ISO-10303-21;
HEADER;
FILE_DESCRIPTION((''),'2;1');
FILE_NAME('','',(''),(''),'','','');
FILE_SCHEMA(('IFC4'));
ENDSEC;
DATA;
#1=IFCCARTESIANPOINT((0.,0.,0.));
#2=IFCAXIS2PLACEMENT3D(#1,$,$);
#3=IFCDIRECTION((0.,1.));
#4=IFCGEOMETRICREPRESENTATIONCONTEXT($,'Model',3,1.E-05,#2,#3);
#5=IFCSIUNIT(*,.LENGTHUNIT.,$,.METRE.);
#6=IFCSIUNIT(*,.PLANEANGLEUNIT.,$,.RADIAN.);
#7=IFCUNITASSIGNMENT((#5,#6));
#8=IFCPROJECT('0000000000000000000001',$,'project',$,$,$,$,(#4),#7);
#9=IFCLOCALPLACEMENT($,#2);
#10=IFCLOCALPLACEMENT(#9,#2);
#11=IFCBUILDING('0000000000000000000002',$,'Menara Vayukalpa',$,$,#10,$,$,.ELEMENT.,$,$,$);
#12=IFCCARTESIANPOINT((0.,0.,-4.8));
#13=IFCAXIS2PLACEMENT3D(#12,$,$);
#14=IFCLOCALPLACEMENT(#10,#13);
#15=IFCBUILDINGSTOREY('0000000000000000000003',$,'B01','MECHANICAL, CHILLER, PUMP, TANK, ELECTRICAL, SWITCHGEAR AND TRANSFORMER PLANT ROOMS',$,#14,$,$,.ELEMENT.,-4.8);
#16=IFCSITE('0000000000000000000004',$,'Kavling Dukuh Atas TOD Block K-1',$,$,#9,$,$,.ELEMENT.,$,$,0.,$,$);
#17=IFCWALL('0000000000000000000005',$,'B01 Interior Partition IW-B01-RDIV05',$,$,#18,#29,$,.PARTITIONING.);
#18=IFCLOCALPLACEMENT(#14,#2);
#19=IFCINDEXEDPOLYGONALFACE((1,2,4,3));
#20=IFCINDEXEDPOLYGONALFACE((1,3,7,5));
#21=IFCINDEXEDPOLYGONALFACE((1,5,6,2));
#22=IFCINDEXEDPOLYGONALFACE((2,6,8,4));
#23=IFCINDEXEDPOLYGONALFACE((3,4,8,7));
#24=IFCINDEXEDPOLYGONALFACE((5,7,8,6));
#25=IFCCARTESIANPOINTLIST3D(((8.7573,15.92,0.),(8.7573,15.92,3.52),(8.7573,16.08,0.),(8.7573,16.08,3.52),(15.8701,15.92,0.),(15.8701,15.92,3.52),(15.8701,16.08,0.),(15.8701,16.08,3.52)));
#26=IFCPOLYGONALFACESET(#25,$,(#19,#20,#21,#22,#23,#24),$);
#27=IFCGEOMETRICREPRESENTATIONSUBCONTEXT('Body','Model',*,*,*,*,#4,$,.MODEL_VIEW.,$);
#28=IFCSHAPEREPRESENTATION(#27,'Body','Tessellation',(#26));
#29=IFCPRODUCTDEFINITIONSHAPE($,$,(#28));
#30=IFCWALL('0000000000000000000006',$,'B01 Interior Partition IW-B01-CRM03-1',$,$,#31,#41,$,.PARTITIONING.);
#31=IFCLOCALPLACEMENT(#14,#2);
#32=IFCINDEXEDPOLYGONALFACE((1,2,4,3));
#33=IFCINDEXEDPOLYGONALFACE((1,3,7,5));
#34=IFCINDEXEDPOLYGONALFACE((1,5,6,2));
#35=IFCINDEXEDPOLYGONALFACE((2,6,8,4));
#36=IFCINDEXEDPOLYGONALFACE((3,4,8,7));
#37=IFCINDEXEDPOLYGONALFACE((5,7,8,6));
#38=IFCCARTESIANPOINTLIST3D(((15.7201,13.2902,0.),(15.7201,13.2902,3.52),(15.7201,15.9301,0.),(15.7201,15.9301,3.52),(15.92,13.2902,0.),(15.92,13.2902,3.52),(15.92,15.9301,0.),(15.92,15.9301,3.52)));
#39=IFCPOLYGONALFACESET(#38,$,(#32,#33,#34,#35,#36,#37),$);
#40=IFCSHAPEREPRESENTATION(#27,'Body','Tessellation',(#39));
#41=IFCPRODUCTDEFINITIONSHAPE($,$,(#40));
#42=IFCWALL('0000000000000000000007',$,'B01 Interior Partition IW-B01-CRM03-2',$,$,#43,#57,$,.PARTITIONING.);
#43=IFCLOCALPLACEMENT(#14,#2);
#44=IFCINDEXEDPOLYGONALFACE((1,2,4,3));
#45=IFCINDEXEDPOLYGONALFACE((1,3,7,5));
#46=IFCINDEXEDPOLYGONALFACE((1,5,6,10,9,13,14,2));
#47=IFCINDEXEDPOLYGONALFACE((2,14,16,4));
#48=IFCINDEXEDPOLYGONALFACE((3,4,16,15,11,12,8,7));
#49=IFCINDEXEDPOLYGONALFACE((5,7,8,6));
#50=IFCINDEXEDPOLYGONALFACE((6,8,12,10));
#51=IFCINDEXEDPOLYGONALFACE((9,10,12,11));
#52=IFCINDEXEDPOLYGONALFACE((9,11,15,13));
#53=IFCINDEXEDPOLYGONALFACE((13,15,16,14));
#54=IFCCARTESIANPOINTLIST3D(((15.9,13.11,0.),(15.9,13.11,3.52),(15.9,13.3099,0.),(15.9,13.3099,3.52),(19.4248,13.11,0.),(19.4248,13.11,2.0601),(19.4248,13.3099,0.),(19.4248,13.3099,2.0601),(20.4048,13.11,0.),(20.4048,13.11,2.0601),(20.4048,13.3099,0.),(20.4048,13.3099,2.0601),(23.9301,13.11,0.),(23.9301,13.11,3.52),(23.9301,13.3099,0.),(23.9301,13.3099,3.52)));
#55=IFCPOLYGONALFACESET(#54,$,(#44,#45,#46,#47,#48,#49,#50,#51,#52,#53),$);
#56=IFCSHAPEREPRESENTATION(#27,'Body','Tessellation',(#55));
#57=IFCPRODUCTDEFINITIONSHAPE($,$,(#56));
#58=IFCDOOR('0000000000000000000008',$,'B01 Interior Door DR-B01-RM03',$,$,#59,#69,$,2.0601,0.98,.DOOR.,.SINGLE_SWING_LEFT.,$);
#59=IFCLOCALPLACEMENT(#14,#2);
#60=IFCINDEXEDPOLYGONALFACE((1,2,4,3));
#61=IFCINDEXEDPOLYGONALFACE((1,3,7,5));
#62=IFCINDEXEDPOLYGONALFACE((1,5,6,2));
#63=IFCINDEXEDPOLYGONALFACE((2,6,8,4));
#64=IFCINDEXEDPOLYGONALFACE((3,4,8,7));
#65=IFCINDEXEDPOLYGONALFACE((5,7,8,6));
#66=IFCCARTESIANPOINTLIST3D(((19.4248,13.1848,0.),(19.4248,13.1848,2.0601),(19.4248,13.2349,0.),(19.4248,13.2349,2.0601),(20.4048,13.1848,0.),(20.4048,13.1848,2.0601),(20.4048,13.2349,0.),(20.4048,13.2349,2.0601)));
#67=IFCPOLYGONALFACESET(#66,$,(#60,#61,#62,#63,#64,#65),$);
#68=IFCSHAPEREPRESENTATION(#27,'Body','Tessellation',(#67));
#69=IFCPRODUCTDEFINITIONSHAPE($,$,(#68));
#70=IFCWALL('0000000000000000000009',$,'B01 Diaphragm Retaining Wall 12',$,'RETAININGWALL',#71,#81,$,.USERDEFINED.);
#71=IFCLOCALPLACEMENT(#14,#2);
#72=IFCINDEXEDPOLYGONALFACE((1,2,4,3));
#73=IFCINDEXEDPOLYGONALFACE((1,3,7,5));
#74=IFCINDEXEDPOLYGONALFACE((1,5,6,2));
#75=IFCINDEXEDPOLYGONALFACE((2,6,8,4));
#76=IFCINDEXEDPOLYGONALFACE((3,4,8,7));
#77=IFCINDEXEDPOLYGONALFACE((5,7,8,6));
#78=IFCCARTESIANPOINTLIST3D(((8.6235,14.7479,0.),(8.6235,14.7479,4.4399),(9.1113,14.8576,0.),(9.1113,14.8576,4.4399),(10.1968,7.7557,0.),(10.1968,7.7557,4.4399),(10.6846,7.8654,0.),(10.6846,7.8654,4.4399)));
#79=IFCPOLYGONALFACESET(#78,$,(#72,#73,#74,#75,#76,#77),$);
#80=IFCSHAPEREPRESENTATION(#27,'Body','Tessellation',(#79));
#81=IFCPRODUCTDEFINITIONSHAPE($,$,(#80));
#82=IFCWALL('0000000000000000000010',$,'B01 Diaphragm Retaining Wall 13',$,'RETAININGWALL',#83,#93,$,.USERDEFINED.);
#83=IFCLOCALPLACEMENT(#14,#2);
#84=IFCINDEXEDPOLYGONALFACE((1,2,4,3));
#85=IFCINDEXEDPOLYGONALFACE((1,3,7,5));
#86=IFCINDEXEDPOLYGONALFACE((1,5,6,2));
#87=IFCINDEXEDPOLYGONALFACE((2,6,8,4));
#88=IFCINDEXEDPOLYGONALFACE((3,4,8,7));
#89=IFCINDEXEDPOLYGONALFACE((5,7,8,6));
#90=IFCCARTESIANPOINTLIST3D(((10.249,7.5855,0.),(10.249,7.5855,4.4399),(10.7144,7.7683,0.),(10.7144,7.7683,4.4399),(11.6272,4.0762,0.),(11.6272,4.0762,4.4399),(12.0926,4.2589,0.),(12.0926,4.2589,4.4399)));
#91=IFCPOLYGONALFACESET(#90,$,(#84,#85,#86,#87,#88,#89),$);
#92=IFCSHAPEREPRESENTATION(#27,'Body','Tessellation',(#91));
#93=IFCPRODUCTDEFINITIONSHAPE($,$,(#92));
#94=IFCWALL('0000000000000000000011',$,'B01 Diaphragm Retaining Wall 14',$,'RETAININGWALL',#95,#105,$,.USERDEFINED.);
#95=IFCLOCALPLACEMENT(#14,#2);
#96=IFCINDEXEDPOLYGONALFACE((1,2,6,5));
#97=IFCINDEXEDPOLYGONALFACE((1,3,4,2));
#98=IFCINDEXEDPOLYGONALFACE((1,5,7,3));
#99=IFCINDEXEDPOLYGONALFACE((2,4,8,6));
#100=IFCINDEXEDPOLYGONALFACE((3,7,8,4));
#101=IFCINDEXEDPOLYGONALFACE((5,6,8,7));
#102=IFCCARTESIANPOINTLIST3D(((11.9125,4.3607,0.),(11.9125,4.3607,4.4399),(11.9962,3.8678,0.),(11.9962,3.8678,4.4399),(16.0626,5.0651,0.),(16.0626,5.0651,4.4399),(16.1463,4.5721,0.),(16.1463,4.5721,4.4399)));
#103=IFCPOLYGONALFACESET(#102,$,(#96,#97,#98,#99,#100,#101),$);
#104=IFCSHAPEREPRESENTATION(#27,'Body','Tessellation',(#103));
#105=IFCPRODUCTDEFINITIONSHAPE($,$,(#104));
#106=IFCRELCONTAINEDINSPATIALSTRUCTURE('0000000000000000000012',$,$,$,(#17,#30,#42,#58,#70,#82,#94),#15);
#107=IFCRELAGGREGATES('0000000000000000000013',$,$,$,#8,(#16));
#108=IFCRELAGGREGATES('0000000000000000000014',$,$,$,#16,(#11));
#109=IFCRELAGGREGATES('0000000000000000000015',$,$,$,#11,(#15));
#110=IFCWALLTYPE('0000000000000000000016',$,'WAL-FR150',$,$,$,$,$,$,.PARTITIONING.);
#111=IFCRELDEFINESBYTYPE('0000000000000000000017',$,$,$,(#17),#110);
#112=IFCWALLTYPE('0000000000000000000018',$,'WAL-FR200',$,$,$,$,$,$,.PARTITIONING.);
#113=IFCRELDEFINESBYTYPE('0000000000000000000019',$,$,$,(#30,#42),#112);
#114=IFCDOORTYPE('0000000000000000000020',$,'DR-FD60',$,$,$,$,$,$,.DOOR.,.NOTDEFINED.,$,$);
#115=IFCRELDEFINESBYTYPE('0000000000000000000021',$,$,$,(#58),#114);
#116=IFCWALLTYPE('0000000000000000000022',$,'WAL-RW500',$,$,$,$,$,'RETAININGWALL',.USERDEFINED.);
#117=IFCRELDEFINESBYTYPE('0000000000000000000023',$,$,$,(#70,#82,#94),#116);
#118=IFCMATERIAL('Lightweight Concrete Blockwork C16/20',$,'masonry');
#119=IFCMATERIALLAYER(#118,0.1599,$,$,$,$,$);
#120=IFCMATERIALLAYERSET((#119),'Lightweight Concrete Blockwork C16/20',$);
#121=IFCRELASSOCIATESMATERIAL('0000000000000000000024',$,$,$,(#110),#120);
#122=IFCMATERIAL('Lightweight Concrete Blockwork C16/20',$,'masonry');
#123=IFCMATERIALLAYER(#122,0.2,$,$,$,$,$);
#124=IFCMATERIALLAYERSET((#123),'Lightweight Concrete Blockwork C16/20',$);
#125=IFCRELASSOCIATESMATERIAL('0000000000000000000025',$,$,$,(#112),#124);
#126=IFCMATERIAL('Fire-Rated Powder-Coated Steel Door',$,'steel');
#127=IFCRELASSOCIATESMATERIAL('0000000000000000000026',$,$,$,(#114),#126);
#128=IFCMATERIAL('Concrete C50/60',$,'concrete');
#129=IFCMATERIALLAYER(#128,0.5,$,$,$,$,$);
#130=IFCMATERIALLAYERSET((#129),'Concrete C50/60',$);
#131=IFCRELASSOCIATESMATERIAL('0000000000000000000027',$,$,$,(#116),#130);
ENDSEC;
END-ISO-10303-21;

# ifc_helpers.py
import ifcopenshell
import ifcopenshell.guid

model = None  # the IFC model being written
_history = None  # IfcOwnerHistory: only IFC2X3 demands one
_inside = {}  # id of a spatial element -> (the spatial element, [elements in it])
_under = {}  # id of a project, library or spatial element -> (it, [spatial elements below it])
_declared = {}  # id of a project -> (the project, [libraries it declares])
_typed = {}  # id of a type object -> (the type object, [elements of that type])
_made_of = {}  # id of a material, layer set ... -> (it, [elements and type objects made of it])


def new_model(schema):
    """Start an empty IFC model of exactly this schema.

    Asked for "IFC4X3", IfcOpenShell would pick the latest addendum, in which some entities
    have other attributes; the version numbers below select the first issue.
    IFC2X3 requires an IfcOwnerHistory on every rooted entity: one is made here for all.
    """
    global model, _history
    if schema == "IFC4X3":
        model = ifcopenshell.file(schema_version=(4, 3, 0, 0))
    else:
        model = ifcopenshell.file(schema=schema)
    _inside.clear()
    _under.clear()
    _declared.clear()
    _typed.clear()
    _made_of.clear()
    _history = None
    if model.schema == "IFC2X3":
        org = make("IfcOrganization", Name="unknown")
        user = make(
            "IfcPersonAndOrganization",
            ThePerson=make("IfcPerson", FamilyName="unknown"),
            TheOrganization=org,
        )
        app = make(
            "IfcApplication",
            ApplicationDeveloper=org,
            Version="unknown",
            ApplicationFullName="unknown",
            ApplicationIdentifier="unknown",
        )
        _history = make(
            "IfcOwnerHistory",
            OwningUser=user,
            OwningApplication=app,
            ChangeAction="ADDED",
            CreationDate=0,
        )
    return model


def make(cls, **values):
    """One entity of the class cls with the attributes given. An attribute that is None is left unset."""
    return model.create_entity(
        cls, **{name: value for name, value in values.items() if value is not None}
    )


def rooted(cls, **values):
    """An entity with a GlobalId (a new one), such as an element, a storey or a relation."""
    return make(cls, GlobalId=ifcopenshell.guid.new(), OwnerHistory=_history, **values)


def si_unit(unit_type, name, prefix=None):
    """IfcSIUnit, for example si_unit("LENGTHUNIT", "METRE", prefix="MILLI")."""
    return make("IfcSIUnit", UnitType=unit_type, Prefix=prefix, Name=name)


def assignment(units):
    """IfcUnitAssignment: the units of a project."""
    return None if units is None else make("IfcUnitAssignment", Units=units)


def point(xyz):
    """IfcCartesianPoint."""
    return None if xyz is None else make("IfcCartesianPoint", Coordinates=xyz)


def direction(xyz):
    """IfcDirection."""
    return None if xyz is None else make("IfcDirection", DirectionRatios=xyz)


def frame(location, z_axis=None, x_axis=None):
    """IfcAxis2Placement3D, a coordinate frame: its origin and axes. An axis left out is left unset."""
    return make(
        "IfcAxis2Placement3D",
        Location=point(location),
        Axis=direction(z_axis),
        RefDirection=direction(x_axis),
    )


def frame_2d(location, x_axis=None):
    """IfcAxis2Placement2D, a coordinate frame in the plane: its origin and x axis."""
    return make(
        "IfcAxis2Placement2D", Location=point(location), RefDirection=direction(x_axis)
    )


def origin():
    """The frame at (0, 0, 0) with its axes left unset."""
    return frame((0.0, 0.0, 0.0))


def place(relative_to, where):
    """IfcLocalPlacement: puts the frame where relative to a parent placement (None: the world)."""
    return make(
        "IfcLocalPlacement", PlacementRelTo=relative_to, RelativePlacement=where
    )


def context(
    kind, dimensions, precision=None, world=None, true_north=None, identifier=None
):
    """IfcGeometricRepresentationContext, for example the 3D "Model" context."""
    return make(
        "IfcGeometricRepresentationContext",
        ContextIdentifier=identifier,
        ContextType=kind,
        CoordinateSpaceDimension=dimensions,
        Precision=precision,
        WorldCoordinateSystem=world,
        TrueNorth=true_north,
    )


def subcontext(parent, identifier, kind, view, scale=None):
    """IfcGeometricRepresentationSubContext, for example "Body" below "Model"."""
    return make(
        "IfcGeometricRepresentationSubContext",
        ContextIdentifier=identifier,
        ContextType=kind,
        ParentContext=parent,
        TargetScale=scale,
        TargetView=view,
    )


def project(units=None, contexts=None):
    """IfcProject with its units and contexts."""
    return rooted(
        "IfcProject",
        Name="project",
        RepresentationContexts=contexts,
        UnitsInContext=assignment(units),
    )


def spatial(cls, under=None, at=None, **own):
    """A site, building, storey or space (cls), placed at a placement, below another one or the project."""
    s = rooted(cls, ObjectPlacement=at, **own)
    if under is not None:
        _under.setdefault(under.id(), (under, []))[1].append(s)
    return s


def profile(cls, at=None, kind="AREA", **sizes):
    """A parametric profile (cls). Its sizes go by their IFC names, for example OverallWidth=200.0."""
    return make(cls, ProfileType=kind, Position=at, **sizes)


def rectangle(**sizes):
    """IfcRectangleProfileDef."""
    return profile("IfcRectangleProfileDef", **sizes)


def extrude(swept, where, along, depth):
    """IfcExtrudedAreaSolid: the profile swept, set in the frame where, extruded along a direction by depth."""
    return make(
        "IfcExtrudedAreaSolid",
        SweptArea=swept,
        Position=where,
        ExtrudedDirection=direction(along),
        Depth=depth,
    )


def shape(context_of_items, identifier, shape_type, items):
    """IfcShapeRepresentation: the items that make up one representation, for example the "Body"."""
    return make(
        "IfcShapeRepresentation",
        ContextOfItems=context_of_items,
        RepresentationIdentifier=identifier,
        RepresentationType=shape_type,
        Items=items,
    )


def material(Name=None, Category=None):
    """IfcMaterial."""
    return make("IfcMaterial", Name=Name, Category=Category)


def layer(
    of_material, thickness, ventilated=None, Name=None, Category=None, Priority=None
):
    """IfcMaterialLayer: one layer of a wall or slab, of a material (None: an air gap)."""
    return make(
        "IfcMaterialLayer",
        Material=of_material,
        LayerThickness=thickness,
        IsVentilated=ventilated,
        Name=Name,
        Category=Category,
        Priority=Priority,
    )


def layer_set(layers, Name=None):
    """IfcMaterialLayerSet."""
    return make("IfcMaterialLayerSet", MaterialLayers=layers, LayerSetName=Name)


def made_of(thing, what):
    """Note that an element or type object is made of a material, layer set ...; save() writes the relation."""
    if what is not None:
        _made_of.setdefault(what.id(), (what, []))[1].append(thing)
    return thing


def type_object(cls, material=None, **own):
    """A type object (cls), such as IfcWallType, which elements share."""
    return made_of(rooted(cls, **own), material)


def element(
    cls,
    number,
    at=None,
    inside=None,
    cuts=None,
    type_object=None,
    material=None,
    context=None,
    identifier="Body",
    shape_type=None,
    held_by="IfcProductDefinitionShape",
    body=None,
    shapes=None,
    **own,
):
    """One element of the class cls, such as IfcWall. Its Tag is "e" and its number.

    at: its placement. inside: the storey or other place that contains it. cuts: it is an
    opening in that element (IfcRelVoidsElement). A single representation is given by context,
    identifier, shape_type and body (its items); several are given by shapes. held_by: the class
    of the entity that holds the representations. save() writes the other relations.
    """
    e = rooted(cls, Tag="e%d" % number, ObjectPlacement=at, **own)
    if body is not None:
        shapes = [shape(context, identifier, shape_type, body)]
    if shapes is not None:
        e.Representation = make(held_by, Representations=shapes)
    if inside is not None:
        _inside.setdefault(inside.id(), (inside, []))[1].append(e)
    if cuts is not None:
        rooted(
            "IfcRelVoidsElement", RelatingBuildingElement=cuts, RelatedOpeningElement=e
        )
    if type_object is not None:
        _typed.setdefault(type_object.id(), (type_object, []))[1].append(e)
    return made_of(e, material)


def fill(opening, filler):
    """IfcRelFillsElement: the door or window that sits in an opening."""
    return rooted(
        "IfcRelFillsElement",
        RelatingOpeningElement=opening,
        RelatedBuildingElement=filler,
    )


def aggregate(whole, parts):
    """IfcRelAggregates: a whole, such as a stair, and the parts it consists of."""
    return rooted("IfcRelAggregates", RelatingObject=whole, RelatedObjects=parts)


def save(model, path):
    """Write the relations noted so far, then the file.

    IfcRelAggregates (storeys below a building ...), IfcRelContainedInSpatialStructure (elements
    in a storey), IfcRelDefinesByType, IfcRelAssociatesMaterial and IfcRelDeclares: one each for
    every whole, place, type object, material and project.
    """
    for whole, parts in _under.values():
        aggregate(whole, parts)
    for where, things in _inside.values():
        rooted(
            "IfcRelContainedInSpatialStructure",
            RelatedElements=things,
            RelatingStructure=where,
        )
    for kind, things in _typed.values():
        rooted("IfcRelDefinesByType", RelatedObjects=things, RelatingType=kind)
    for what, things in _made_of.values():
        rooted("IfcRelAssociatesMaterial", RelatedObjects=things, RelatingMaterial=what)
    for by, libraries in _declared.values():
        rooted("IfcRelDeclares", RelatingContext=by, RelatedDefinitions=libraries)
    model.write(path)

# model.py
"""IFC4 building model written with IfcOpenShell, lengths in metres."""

from ifc_helpers import new_model, si_unit, direction, frame, frame_2d, origin, place, context, subcontext, project, spatial, rectangle, extrude, material, layer, layer_set, type_object, element, fill, save


model = new_model("IFC4")

# Units and contexts
model_context = context("Model", 3, precision=1e-05, world=origin(), true_north=direction((0.0, 1.0)))
body_context = subcontext(model_context, "Body", "Model", "MODEL_VIEW")
ifc_project = project(units=[si_unit("LENGTHUNIT", "METRE"), si_unit("PLANEANGLEUNIT", "RADIAN")], contexts=[model_context])

# Site, building, storey
site_placement = place(None, origin())
site = spatial("IfcSite", under=ifc_project, at=site_placement, Name="Kavling Dukuh Atas TOD Block K-1", CompositionType="ELEMENT", RefElevation=0.0)
building_placement = place(site_placement, origin())
building = spatial("IfcBuilding", under=site, at=building_placement, Name="Menara Vayukalpa", CompositionType="ELEMENT")
storey_placement = place(building_placement, frame((0.0, 0.0, -4.8)))
storey = spatial("IfcBuildingStorey", under=building, at=storey_placement, Name="B01", Description="MECHANICAL, CHILLER, PUMP, TANK, ELECTRICAL, SWITCHGEAR AND TRANSFORMER PLANT ROOMS", CompositionType="ELEMENT", Elevation=-4.8)

# Walls
ifc_material_1 = material(Name="Lightweight Concrete Blockwork C16/20", Category="masonry")
ifc_layer_1 = layer(ifc_material_1, 0.1599)
ifc_layer_set_1 = layer_set([ifc_layer_1], Name="Lightweight Concrete Blockwork C16/20")
wall_type_1 = type_object("IfcWallType", Name="WAL-FR150", PredefinedType="PARTITIONING", material=ifc_layer_set_1)
wall_1_placement = place(storey_placement, frame((8.7573, 16.0, 0.0), z_axis=(0.0, 0.0, 1.0), x_axis=(1.0, 0.0, 0.0)))
element("IfcWall", 1, at=wall_1_placement, inside=storey, type_object=wall_type_1, Name="B01 Interior Partition IW-B01-RDIV05", PredefinedType="PARTITIONING", context=body_context, shape_type="SweptSolid", body=[
    extrude(rectangle(XDim=7.1128, YDim=0.1599, at=frame_2d((3.5564, 0.0))), origin(), (0.0, 0.0, 1.0), 3.52),
])
ifc_material_2 = material(Name="Lightweight Concrete Blockwork C16/20", Category="masonry")
ifc_layer_2 = layer(ifc_material_2, 0.2)
ifc_layer_set_2 = layer_set([ifc_layer_2], Name="Lightweight Concrete Blockwork C16/20")
wall_type_2 = type_object("IfcWallType", Name="WAL-FR200", PredefinedType="PARTITIONING", material=ifc_layer_set_2)
wall_2_placement = place(storey_placement, frame((15.8201, 15.9299, 0.0), z_axis=(0.0, 0.0, 1.0), x_axis=(0.0, -1.0, 0.0)))
element("IfcWall", 2, at=wall_2_placement, inside=storey, type_object=wall_type_2, Name="B01 Interior Partition IW-B01-CRM03-1", PredefinedType="PARTITIONING", context=body_context, shape_type="SweptSolid", body=[
    extrude(rectangle(XDim=2.6399, YDim=0.2, at=frame_2d((1.3198, 0.0))), origin(), (0.0, 0.0, 1.0), 3.52),
])

# Wall, opening, door
wall_3_placement = place(storey_placement, frame((15.8999, 13.21, 0.0), z_axis=(0.0, 0.0, 1.0), x_axis=(1.0, 0.0, 0.0)))
wall_3 = element("IfcWall", 3, at=wall_3_placement, inside=storey, type_object=wall_type_2, Name="B01 Interior Partition IW-B01-CRM03-2", PredefinedType="PARTITIONING", context=body_context, shape_type="SweptSolid", body=[
    extrude(rectangle(XDim=8.03, YDim=0.2, at=frame_2d((4.0151, 0.0))), origin(), (0.0, 0.0, 1.0), 3.52),
])
opening_placement = place(wall_3_placement, frame((3.5249, 0.0, 0.0)))
opening = element("IfcOpeningElement", 4, at=opening_placement, cuts=wall_3, PredefinedType="OPENING", context=body_context, shape_type="SweptSolid", body=[
    extrude(rectangle(XDim=0.98, YDim=2.0601, at=frame_2d((0.49, 1.03))), frame((0.0, 0.1099, 0.0), z_axis=(0.0, -1.0, 0.0), x_axis=(1.0, 0.0, 0.0)), (0.0, 0.0, 1.0), 0.22),
])
ifc_material_3 = material(Name="Fire-Rated Powder-Coated Steel Door", Category="steel")
door_type = type_object("IfcDoorType", Name="DR-FD60", OperationType="NOTDEFINED", PredefinedType="DOOR", material=ifc_material_3)
door_placement = place(opening_placement, origin())
door = element("IfcDoor", 5, at=door_placement, inside=storey, type_object=door_type, Name="B01 Interior Door DR-B01-RM03", OperationType="SINGLE_SWING_LEFT", OverallHeight=2.0601, OverallWidth=0.98, PredefinedType="DOOR", context=body_context, shape_type="SweptSolid", body=[
    extrude(rectangle(XDim=0.98, YDim=2.0601, at=frame_2d((0.49, 1.03))), frame((0.0, 0.0249, 0.0), z_axis=(0.0, -1.0, 0.0), x_axis=(1.0, 0.0, 0.0)), (0.0, 0.0, 1.0), 0.05),
])
fill(opening, door)

# Walls
ifc_material_4 = material(Name="Concrete C50/60", Category="concrete")
ifc_layer_3 = layer(ifc_material_4, 0.5)
ifc_layer_set_3 = layer_set([ifc_layer_3], Name="Concrete C50/60")
wall_type_3 = type_object("IfcWallType", Name="WAL-RW500", ElementType="RETAININGWALL", PredefinedType="USERDEFINED", material=ifc_layer_set_3)
wall_4_placement = place(storey_placement, frame((8.8674, 14.8027, 0.0), z_axis=(0.0, 0.0, 1.0), x_axis=(0.219512, -0.97561, 0.0)))
element("IfcWall", 6, at=wall_4_placement, inside=storey, type_object=wall_type_3, Name="B01 Diaphragm Retaining Wall 12", ObjectType="RETAININGWALL", PredefinedType="USERDEFINED", context=body_context, shape_type="SweptSolid", body=[
    extrude(rectangle(XDim=7.167, YDim=0.5, at=frame_2d((3.5835, 0.0))), origin(), (0.0, 0.0, 1.0), 4.4399),
])
wall_5_placement = place(storey_placement, frame((10.4817, 7.677, 0.0), z_axis=(0.0, 0.0, 1.0), x_axis=(0.365544, -0.930794, 0.0)))
element("IfcWall", 7, at=wall_5_placement, inside=storey, type_object=wall_type_3, Name="B01 Diaphragm Retaining Wall 13", ObjectType="RETAININGWALL", PredefinedType="USERDEFINED", context=body_context, shape_type="SweptSolid", body=[
    extrude(rectangle(XDim=3.7703, YDim=0.5, at=frame_2d((1.8853, 0.0))), origin(), (0.0, 0.0, 1.0), 4.4399),
])
wall_6_placement = place(storey_placement, frame((11.9543, 4.1143, 0.0), z_axis=(0.0, 0.0, 1.0), x_axis=(0.985902, 0.167323, 0.0)))
element("IfcWall", 8, at=wall_6_placement, inside=storey, type_object=wall_type_3, Name="B01 Diaphragm Retaining Wall 14", ObjectType="RETAININGWALL", PredefinedType="USERDEFINED", context=body_context, shape_type="SweptSolid", body=[
    extrude(rectangle(XDim=4.2095, YDim=0.5, at=frame_2d((2.1047, 0.0))), origin(), (0.0, 0.0, 1.0), 4.4399),
])

save(model, "model.ifc")
